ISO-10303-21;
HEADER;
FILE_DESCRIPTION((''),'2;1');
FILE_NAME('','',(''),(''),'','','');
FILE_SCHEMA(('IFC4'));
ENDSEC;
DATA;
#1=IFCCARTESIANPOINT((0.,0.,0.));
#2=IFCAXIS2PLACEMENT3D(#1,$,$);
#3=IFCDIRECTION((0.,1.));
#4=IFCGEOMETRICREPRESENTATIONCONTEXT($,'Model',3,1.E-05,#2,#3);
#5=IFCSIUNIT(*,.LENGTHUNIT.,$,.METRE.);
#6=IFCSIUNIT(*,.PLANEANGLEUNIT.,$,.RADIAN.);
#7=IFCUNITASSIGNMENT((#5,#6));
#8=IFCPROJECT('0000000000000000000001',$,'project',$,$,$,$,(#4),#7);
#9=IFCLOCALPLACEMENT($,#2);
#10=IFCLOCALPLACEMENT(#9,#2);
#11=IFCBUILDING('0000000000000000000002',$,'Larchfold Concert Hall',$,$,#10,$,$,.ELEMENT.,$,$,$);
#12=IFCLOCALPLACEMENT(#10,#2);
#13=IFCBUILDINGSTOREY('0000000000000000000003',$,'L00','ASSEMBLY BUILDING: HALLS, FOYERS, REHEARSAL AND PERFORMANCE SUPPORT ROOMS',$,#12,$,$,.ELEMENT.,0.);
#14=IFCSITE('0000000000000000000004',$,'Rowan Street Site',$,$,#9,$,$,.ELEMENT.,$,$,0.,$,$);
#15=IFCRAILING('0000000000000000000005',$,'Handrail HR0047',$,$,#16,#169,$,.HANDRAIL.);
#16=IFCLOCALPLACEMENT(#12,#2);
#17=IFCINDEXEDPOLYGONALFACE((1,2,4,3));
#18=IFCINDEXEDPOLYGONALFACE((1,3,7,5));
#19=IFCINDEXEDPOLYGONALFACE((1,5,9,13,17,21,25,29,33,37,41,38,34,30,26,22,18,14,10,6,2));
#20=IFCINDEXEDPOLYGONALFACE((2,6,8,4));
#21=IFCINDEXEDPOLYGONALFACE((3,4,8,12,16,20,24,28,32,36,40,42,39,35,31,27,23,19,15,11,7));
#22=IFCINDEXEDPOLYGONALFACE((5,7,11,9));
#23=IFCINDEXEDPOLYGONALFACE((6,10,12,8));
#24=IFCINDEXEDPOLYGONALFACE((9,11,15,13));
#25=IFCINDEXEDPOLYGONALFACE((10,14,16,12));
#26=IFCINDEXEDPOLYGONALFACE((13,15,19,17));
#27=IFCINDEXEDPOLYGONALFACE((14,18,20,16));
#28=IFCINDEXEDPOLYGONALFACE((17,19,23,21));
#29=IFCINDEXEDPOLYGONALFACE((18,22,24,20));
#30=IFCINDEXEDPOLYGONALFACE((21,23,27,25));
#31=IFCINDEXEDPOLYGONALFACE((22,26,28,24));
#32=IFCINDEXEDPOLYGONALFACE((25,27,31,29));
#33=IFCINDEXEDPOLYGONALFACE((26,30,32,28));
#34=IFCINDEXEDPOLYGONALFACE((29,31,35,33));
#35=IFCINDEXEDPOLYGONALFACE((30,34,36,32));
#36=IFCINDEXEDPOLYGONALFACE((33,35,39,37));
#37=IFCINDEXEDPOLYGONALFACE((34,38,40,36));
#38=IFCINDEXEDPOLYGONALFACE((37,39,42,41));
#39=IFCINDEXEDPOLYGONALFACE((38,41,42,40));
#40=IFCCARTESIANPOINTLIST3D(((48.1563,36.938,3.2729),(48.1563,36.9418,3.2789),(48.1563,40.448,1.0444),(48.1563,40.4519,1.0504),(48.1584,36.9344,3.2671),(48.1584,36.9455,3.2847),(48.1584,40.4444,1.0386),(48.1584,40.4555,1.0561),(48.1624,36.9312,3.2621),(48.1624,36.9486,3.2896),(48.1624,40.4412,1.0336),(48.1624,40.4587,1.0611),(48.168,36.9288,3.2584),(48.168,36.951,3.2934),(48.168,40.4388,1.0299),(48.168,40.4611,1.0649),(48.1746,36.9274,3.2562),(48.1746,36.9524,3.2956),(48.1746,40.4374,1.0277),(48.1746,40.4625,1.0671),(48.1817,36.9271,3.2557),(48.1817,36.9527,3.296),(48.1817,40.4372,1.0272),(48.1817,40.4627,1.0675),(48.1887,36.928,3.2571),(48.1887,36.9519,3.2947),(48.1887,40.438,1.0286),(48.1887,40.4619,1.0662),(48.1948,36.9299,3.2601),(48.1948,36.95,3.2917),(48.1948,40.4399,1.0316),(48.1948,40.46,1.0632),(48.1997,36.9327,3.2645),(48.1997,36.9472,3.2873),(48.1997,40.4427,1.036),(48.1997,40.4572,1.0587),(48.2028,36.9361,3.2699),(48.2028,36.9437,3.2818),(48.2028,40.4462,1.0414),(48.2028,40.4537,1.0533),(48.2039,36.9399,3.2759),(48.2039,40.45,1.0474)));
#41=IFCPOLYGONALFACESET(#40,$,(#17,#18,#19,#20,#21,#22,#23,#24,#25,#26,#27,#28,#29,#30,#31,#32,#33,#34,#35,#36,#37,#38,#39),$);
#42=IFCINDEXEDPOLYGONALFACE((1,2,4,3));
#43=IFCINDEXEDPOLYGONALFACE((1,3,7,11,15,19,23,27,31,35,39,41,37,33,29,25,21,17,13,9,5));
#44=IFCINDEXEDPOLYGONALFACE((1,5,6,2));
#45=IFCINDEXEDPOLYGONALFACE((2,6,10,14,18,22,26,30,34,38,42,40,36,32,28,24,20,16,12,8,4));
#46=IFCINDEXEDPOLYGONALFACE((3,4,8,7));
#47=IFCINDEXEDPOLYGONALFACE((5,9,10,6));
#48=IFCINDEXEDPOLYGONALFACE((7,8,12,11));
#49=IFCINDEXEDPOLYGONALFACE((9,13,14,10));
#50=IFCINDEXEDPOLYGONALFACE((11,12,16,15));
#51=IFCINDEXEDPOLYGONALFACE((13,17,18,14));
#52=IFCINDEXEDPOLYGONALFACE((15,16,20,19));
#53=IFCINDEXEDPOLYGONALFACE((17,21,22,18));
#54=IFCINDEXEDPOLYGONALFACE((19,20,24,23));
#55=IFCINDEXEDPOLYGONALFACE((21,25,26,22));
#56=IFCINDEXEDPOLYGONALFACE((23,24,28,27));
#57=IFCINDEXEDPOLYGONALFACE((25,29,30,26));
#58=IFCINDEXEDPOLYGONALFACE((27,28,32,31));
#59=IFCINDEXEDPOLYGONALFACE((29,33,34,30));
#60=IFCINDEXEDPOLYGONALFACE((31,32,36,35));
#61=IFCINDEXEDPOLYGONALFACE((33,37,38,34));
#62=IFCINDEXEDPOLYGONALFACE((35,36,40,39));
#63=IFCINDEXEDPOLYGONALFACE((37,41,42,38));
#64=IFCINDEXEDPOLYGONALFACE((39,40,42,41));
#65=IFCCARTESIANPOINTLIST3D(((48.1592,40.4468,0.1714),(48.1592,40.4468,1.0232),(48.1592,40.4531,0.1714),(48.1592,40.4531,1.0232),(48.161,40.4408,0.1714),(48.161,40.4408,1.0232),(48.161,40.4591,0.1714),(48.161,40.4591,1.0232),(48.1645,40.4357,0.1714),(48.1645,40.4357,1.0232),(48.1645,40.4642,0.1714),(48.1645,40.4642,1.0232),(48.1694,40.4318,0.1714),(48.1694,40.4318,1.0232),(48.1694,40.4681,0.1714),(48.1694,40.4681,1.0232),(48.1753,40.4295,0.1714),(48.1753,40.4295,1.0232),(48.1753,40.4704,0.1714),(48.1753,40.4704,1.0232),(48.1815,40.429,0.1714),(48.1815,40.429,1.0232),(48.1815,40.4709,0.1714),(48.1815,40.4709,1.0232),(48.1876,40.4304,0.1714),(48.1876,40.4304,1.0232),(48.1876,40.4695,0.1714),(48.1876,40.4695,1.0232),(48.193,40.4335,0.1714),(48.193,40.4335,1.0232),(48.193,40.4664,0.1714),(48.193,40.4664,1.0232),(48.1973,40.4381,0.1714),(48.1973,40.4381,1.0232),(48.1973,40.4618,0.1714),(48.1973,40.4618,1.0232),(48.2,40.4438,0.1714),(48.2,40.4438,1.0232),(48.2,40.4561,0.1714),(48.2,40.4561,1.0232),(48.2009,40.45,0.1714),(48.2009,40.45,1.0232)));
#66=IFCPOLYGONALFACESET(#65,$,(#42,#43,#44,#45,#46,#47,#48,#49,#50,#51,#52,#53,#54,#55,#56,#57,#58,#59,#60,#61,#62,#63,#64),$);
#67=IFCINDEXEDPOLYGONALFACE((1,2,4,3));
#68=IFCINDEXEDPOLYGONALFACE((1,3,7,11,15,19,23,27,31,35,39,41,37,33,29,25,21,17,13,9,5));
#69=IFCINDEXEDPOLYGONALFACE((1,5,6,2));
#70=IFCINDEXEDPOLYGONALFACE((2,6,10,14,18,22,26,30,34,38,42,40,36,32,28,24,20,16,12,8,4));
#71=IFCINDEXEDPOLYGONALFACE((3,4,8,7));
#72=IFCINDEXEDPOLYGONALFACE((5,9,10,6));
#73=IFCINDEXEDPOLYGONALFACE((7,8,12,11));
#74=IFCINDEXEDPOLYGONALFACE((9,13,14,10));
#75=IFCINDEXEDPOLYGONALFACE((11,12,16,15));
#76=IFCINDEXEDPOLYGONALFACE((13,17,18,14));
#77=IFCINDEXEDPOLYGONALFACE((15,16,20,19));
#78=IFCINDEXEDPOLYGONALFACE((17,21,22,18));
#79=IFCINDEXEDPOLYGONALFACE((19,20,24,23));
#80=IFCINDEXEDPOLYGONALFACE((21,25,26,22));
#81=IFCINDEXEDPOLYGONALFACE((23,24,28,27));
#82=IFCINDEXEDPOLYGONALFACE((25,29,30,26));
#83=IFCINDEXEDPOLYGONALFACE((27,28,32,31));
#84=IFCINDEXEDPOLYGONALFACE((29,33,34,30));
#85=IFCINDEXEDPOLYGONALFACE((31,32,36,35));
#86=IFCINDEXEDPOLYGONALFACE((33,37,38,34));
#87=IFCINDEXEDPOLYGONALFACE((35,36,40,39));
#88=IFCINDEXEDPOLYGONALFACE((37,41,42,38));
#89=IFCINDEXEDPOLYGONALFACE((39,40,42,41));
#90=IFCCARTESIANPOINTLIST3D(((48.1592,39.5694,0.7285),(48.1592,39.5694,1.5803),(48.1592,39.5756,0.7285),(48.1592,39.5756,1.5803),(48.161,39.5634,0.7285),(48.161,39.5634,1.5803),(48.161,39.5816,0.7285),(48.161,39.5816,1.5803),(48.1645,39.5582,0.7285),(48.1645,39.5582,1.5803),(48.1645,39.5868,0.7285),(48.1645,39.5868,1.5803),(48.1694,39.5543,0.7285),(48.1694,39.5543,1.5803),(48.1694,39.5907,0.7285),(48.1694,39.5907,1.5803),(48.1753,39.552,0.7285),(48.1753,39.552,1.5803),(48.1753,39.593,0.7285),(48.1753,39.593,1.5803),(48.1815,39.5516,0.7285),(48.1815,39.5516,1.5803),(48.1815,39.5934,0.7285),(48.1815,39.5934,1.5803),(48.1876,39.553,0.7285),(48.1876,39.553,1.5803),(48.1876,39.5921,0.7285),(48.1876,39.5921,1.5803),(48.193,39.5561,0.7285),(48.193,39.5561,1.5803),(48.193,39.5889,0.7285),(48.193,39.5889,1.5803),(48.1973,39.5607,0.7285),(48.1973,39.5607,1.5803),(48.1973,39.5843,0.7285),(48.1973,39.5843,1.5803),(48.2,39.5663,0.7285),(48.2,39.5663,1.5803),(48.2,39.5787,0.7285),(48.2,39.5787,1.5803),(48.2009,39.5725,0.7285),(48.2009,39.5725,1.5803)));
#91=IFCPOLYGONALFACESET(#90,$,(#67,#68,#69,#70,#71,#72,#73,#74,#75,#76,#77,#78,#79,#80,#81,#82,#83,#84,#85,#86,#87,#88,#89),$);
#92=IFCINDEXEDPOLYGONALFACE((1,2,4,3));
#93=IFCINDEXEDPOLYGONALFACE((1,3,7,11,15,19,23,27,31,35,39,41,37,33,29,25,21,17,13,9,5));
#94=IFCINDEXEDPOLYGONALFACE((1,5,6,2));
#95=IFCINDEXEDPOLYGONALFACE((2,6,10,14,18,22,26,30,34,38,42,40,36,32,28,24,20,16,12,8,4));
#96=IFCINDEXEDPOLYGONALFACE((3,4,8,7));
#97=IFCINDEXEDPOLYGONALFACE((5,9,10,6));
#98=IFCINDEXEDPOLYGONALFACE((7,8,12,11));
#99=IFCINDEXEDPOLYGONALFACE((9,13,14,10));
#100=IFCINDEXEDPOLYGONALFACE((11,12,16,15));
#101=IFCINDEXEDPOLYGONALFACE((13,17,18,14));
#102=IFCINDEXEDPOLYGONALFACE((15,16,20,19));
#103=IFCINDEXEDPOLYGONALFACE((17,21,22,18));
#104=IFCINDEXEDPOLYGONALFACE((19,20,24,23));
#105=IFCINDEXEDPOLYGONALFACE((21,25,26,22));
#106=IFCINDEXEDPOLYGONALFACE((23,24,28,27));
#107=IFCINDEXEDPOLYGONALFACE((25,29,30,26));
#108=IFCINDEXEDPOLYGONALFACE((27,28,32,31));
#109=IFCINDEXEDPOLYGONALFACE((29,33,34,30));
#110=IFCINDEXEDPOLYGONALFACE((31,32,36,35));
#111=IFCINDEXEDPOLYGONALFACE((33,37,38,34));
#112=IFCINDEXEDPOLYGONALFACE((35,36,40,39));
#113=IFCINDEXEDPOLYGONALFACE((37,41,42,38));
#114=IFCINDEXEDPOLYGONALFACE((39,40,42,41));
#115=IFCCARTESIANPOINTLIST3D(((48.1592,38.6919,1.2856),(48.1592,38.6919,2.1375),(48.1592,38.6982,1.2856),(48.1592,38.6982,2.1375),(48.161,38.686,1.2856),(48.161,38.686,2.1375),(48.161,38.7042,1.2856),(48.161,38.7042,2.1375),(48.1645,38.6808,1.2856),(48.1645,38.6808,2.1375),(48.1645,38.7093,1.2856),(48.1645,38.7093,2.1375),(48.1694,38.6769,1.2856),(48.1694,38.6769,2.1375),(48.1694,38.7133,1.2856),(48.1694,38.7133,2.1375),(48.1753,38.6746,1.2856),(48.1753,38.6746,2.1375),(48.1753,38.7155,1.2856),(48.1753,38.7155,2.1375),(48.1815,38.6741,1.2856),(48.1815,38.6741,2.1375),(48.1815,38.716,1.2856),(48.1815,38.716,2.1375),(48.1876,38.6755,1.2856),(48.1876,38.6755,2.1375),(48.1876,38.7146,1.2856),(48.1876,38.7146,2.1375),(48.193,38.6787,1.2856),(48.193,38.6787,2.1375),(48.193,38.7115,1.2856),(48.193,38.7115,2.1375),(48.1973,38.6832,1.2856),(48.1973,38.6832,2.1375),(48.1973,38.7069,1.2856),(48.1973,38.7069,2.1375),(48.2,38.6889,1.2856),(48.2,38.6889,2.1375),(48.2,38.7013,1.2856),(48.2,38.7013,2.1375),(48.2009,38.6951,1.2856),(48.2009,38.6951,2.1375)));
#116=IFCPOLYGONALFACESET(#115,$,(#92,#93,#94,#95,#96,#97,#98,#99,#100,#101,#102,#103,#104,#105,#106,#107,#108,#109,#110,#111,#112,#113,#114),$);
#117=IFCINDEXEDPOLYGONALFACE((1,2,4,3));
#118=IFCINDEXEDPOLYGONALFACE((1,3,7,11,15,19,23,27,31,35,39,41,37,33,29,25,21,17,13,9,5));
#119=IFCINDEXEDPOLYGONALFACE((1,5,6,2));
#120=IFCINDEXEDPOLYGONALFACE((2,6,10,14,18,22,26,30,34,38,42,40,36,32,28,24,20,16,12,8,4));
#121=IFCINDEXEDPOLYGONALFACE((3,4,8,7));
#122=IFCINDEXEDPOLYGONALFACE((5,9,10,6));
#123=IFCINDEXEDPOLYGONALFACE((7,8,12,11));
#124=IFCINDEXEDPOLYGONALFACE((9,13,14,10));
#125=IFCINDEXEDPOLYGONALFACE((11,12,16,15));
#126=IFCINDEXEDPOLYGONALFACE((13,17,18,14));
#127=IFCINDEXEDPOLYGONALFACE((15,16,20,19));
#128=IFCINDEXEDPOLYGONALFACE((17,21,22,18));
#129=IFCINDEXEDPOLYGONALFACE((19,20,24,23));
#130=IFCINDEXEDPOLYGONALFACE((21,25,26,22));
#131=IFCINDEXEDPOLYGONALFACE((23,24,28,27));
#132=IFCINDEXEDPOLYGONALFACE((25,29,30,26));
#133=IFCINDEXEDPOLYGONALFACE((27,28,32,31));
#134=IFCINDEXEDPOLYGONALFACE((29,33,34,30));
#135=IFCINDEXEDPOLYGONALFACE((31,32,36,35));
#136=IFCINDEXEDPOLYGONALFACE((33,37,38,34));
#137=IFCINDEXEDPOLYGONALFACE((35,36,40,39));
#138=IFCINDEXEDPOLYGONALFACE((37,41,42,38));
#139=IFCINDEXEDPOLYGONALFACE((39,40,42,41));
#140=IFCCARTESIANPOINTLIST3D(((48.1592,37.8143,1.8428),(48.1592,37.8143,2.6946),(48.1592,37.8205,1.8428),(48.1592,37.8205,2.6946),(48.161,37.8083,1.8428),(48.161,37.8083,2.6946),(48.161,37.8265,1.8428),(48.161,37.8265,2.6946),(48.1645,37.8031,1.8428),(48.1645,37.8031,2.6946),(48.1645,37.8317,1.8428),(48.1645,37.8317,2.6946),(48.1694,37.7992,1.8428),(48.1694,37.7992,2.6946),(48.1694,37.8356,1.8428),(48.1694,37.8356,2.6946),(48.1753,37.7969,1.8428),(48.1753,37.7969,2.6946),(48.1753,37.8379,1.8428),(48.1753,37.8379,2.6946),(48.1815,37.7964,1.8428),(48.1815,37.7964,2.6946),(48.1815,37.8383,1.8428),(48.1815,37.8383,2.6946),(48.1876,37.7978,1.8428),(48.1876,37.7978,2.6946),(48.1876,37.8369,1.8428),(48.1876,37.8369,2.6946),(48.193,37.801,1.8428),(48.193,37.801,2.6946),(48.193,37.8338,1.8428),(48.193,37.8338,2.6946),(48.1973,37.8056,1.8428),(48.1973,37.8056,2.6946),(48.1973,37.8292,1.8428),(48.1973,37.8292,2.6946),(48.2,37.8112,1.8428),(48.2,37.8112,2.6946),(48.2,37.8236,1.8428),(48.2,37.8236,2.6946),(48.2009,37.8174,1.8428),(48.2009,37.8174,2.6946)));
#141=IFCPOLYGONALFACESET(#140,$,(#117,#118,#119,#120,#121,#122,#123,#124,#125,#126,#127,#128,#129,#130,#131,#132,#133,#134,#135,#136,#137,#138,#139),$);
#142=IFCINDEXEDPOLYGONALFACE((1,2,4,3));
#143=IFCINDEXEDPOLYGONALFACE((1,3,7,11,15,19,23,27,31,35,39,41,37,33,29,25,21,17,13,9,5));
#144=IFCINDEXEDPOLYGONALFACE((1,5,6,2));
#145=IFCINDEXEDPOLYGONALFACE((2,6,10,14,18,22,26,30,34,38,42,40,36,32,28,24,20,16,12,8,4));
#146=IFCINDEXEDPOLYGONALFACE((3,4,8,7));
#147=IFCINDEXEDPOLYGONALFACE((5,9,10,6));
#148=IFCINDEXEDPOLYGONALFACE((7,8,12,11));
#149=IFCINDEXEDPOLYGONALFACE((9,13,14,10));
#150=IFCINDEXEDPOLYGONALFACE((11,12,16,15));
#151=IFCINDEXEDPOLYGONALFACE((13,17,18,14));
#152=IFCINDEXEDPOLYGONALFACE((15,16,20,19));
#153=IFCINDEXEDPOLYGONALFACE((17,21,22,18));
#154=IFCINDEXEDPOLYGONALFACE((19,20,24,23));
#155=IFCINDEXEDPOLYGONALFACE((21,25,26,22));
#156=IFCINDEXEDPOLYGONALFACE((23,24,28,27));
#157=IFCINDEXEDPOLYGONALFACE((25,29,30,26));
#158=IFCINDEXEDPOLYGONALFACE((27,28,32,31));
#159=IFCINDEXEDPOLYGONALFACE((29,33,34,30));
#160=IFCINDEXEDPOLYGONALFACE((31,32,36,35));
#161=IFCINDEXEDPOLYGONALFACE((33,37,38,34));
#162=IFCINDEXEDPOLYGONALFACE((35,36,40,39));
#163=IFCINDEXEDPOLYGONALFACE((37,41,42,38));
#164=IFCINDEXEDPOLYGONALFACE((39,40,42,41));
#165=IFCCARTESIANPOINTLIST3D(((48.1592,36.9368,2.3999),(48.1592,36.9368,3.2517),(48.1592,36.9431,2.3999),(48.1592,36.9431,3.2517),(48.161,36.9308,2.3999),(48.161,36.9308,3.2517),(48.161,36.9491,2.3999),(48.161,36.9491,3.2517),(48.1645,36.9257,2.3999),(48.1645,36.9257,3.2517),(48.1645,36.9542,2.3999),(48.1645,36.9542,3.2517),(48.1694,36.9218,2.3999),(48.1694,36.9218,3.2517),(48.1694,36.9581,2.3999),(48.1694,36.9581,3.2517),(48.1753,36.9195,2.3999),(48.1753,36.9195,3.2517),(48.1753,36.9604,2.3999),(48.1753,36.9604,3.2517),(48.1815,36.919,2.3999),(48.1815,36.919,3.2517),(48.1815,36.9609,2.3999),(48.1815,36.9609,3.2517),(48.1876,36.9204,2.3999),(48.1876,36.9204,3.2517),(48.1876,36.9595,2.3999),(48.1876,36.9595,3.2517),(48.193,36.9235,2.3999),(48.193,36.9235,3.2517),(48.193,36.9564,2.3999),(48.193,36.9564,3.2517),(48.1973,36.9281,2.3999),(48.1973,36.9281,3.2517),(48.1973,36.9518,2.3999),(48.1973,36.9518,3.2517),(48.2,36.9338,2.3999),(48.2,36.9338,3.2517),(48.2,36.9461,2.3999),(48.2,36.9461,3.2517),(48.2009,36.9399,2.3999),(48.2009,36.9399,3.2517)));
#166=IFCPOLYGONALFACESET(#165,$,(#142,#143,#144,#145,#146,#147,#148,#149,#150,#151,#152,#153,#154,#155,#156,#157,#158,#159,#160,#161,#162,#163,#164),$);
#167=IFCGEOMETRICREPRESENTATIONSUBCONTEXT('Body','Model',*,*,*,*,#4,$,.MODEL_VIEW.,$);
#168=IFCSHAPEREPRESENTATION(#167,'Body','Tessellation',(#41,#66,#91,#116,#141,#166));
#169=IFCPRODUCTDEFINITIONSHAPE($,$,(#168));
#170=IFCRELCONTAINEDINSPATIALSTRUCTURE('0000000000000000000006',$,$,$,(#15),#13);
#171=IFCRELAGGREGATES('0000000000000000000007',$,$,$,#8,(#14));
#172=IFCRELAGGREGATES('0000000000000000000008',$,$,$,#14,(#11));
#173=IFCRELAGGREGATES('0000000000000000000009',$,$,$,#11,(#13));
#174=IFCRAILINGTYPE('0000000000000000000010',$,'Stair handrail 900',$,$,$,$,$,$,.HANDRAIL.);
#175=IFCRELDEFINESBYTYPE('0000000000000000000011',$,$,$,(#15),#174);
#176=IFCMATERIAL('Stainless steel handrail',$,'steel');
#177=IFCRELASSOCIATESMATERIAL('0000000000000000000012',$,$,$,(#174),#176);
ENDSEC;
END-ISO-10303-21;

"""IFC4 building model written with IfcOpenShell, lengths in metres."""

from ifc_helpers import new_model, si_unit, direction, frame, origin, origin_2d, place, context, subcontext, project, spatial, circle, extrude, material, type_object, element, save


model = new_model("IFC4")

# Units and contexts
model_context = context("Model", 3, precision=1e-05, world=origin(), true_north=direction((0.0, 1.0)))
body_context = subcontext(model_context, "Body", "Model", "MODEL_VIEW")
ifc_project = project(units=[si_unit("LENGTHUNIT", "METRE"), si_unit("PLANEANGLEUNIT", "RADIAN")], contexts=[model_context])

# Site, building, storey
site_placement = place(None, origin())
site = spatial("IfcSite", under=ifc_project, at=site_placement, Name="Rowan Street Site", CompositionType="ELEMENT", RefElevation=0.0)
building_placement = place(site_placement, origin())
building = spatial("IfcBuilding", under=site, at=building_placement, Name="Larchfold Concert Hall", CompositionType="ELEMENT")
storey_placement = place(building_placement, origin())
storey = spatial("IfcBuildingStorey", under=building, at=storey_placement, Name="L00", Description="ASSEMBLY BUILDING: HALLS, FOYERS, REHEARSAL AND PERFORMANCE SUPPORT ROOMS", CompositionType="ELEMENT", Elevation=0.0)

# Railing
ifc_material_1 = material(Name="Stainless steel handrail", Category="steel")
railing_type_1 = type_object("IfcRailingType", Name="Stair handrail 900", PredefinedType="HANDRAIL", material=ifc_material_1)
railing_1_placement = place(storey_placement, frame((48.1799, 40.45, 0.1714)))
element("IfcRailing", 1, at=railing_1_placement, inside=storey, type_object=railing_type_1, Name="Handrail HR0047", PredefinedType="HANDRAIL", context=body_context, shape_type="SweptSolid", body=[
    extrude(circle(Radius=0.0239, at=origin_2d()), frame((0.0, 0.0, 0.876), z_axis=(0.0, -0.84422, 0.535998), x_axis=(1.0, 0.0, 0.0)), (0.0, 0.0, 1.0), 4.1577),
    extrude(circle(Radius=0.021, at=origin_2d()), origin(), (0.0, 0.0, 1.0), 0.8518),
    extrude(circle(Radius=0.021, at=origin_2d()), frame((0.0, -0.8774, 0.5571)), (0.0, 0.0, 1.0), 0.8518),
    extrude(circle(Radius=0.021, at=origin_2d()), frame((0.0, -1.7549, 1.1143)), (0.0, 0.0, 1.0), 0.8518),
    extrude(circle(Radius=0.021, at=origin_2d()), frame((0.0, -2.6326, 1.6714)), (0.0, 0.0, 1.0), 0.8518),
    extrude(circle(Radius=0.021, at=origin_2d()), frame((0.0, -3.51, 2.2285)), (0.0, 0.0, 1.0), 0.8518),
])

save(model, "model.ifc")
